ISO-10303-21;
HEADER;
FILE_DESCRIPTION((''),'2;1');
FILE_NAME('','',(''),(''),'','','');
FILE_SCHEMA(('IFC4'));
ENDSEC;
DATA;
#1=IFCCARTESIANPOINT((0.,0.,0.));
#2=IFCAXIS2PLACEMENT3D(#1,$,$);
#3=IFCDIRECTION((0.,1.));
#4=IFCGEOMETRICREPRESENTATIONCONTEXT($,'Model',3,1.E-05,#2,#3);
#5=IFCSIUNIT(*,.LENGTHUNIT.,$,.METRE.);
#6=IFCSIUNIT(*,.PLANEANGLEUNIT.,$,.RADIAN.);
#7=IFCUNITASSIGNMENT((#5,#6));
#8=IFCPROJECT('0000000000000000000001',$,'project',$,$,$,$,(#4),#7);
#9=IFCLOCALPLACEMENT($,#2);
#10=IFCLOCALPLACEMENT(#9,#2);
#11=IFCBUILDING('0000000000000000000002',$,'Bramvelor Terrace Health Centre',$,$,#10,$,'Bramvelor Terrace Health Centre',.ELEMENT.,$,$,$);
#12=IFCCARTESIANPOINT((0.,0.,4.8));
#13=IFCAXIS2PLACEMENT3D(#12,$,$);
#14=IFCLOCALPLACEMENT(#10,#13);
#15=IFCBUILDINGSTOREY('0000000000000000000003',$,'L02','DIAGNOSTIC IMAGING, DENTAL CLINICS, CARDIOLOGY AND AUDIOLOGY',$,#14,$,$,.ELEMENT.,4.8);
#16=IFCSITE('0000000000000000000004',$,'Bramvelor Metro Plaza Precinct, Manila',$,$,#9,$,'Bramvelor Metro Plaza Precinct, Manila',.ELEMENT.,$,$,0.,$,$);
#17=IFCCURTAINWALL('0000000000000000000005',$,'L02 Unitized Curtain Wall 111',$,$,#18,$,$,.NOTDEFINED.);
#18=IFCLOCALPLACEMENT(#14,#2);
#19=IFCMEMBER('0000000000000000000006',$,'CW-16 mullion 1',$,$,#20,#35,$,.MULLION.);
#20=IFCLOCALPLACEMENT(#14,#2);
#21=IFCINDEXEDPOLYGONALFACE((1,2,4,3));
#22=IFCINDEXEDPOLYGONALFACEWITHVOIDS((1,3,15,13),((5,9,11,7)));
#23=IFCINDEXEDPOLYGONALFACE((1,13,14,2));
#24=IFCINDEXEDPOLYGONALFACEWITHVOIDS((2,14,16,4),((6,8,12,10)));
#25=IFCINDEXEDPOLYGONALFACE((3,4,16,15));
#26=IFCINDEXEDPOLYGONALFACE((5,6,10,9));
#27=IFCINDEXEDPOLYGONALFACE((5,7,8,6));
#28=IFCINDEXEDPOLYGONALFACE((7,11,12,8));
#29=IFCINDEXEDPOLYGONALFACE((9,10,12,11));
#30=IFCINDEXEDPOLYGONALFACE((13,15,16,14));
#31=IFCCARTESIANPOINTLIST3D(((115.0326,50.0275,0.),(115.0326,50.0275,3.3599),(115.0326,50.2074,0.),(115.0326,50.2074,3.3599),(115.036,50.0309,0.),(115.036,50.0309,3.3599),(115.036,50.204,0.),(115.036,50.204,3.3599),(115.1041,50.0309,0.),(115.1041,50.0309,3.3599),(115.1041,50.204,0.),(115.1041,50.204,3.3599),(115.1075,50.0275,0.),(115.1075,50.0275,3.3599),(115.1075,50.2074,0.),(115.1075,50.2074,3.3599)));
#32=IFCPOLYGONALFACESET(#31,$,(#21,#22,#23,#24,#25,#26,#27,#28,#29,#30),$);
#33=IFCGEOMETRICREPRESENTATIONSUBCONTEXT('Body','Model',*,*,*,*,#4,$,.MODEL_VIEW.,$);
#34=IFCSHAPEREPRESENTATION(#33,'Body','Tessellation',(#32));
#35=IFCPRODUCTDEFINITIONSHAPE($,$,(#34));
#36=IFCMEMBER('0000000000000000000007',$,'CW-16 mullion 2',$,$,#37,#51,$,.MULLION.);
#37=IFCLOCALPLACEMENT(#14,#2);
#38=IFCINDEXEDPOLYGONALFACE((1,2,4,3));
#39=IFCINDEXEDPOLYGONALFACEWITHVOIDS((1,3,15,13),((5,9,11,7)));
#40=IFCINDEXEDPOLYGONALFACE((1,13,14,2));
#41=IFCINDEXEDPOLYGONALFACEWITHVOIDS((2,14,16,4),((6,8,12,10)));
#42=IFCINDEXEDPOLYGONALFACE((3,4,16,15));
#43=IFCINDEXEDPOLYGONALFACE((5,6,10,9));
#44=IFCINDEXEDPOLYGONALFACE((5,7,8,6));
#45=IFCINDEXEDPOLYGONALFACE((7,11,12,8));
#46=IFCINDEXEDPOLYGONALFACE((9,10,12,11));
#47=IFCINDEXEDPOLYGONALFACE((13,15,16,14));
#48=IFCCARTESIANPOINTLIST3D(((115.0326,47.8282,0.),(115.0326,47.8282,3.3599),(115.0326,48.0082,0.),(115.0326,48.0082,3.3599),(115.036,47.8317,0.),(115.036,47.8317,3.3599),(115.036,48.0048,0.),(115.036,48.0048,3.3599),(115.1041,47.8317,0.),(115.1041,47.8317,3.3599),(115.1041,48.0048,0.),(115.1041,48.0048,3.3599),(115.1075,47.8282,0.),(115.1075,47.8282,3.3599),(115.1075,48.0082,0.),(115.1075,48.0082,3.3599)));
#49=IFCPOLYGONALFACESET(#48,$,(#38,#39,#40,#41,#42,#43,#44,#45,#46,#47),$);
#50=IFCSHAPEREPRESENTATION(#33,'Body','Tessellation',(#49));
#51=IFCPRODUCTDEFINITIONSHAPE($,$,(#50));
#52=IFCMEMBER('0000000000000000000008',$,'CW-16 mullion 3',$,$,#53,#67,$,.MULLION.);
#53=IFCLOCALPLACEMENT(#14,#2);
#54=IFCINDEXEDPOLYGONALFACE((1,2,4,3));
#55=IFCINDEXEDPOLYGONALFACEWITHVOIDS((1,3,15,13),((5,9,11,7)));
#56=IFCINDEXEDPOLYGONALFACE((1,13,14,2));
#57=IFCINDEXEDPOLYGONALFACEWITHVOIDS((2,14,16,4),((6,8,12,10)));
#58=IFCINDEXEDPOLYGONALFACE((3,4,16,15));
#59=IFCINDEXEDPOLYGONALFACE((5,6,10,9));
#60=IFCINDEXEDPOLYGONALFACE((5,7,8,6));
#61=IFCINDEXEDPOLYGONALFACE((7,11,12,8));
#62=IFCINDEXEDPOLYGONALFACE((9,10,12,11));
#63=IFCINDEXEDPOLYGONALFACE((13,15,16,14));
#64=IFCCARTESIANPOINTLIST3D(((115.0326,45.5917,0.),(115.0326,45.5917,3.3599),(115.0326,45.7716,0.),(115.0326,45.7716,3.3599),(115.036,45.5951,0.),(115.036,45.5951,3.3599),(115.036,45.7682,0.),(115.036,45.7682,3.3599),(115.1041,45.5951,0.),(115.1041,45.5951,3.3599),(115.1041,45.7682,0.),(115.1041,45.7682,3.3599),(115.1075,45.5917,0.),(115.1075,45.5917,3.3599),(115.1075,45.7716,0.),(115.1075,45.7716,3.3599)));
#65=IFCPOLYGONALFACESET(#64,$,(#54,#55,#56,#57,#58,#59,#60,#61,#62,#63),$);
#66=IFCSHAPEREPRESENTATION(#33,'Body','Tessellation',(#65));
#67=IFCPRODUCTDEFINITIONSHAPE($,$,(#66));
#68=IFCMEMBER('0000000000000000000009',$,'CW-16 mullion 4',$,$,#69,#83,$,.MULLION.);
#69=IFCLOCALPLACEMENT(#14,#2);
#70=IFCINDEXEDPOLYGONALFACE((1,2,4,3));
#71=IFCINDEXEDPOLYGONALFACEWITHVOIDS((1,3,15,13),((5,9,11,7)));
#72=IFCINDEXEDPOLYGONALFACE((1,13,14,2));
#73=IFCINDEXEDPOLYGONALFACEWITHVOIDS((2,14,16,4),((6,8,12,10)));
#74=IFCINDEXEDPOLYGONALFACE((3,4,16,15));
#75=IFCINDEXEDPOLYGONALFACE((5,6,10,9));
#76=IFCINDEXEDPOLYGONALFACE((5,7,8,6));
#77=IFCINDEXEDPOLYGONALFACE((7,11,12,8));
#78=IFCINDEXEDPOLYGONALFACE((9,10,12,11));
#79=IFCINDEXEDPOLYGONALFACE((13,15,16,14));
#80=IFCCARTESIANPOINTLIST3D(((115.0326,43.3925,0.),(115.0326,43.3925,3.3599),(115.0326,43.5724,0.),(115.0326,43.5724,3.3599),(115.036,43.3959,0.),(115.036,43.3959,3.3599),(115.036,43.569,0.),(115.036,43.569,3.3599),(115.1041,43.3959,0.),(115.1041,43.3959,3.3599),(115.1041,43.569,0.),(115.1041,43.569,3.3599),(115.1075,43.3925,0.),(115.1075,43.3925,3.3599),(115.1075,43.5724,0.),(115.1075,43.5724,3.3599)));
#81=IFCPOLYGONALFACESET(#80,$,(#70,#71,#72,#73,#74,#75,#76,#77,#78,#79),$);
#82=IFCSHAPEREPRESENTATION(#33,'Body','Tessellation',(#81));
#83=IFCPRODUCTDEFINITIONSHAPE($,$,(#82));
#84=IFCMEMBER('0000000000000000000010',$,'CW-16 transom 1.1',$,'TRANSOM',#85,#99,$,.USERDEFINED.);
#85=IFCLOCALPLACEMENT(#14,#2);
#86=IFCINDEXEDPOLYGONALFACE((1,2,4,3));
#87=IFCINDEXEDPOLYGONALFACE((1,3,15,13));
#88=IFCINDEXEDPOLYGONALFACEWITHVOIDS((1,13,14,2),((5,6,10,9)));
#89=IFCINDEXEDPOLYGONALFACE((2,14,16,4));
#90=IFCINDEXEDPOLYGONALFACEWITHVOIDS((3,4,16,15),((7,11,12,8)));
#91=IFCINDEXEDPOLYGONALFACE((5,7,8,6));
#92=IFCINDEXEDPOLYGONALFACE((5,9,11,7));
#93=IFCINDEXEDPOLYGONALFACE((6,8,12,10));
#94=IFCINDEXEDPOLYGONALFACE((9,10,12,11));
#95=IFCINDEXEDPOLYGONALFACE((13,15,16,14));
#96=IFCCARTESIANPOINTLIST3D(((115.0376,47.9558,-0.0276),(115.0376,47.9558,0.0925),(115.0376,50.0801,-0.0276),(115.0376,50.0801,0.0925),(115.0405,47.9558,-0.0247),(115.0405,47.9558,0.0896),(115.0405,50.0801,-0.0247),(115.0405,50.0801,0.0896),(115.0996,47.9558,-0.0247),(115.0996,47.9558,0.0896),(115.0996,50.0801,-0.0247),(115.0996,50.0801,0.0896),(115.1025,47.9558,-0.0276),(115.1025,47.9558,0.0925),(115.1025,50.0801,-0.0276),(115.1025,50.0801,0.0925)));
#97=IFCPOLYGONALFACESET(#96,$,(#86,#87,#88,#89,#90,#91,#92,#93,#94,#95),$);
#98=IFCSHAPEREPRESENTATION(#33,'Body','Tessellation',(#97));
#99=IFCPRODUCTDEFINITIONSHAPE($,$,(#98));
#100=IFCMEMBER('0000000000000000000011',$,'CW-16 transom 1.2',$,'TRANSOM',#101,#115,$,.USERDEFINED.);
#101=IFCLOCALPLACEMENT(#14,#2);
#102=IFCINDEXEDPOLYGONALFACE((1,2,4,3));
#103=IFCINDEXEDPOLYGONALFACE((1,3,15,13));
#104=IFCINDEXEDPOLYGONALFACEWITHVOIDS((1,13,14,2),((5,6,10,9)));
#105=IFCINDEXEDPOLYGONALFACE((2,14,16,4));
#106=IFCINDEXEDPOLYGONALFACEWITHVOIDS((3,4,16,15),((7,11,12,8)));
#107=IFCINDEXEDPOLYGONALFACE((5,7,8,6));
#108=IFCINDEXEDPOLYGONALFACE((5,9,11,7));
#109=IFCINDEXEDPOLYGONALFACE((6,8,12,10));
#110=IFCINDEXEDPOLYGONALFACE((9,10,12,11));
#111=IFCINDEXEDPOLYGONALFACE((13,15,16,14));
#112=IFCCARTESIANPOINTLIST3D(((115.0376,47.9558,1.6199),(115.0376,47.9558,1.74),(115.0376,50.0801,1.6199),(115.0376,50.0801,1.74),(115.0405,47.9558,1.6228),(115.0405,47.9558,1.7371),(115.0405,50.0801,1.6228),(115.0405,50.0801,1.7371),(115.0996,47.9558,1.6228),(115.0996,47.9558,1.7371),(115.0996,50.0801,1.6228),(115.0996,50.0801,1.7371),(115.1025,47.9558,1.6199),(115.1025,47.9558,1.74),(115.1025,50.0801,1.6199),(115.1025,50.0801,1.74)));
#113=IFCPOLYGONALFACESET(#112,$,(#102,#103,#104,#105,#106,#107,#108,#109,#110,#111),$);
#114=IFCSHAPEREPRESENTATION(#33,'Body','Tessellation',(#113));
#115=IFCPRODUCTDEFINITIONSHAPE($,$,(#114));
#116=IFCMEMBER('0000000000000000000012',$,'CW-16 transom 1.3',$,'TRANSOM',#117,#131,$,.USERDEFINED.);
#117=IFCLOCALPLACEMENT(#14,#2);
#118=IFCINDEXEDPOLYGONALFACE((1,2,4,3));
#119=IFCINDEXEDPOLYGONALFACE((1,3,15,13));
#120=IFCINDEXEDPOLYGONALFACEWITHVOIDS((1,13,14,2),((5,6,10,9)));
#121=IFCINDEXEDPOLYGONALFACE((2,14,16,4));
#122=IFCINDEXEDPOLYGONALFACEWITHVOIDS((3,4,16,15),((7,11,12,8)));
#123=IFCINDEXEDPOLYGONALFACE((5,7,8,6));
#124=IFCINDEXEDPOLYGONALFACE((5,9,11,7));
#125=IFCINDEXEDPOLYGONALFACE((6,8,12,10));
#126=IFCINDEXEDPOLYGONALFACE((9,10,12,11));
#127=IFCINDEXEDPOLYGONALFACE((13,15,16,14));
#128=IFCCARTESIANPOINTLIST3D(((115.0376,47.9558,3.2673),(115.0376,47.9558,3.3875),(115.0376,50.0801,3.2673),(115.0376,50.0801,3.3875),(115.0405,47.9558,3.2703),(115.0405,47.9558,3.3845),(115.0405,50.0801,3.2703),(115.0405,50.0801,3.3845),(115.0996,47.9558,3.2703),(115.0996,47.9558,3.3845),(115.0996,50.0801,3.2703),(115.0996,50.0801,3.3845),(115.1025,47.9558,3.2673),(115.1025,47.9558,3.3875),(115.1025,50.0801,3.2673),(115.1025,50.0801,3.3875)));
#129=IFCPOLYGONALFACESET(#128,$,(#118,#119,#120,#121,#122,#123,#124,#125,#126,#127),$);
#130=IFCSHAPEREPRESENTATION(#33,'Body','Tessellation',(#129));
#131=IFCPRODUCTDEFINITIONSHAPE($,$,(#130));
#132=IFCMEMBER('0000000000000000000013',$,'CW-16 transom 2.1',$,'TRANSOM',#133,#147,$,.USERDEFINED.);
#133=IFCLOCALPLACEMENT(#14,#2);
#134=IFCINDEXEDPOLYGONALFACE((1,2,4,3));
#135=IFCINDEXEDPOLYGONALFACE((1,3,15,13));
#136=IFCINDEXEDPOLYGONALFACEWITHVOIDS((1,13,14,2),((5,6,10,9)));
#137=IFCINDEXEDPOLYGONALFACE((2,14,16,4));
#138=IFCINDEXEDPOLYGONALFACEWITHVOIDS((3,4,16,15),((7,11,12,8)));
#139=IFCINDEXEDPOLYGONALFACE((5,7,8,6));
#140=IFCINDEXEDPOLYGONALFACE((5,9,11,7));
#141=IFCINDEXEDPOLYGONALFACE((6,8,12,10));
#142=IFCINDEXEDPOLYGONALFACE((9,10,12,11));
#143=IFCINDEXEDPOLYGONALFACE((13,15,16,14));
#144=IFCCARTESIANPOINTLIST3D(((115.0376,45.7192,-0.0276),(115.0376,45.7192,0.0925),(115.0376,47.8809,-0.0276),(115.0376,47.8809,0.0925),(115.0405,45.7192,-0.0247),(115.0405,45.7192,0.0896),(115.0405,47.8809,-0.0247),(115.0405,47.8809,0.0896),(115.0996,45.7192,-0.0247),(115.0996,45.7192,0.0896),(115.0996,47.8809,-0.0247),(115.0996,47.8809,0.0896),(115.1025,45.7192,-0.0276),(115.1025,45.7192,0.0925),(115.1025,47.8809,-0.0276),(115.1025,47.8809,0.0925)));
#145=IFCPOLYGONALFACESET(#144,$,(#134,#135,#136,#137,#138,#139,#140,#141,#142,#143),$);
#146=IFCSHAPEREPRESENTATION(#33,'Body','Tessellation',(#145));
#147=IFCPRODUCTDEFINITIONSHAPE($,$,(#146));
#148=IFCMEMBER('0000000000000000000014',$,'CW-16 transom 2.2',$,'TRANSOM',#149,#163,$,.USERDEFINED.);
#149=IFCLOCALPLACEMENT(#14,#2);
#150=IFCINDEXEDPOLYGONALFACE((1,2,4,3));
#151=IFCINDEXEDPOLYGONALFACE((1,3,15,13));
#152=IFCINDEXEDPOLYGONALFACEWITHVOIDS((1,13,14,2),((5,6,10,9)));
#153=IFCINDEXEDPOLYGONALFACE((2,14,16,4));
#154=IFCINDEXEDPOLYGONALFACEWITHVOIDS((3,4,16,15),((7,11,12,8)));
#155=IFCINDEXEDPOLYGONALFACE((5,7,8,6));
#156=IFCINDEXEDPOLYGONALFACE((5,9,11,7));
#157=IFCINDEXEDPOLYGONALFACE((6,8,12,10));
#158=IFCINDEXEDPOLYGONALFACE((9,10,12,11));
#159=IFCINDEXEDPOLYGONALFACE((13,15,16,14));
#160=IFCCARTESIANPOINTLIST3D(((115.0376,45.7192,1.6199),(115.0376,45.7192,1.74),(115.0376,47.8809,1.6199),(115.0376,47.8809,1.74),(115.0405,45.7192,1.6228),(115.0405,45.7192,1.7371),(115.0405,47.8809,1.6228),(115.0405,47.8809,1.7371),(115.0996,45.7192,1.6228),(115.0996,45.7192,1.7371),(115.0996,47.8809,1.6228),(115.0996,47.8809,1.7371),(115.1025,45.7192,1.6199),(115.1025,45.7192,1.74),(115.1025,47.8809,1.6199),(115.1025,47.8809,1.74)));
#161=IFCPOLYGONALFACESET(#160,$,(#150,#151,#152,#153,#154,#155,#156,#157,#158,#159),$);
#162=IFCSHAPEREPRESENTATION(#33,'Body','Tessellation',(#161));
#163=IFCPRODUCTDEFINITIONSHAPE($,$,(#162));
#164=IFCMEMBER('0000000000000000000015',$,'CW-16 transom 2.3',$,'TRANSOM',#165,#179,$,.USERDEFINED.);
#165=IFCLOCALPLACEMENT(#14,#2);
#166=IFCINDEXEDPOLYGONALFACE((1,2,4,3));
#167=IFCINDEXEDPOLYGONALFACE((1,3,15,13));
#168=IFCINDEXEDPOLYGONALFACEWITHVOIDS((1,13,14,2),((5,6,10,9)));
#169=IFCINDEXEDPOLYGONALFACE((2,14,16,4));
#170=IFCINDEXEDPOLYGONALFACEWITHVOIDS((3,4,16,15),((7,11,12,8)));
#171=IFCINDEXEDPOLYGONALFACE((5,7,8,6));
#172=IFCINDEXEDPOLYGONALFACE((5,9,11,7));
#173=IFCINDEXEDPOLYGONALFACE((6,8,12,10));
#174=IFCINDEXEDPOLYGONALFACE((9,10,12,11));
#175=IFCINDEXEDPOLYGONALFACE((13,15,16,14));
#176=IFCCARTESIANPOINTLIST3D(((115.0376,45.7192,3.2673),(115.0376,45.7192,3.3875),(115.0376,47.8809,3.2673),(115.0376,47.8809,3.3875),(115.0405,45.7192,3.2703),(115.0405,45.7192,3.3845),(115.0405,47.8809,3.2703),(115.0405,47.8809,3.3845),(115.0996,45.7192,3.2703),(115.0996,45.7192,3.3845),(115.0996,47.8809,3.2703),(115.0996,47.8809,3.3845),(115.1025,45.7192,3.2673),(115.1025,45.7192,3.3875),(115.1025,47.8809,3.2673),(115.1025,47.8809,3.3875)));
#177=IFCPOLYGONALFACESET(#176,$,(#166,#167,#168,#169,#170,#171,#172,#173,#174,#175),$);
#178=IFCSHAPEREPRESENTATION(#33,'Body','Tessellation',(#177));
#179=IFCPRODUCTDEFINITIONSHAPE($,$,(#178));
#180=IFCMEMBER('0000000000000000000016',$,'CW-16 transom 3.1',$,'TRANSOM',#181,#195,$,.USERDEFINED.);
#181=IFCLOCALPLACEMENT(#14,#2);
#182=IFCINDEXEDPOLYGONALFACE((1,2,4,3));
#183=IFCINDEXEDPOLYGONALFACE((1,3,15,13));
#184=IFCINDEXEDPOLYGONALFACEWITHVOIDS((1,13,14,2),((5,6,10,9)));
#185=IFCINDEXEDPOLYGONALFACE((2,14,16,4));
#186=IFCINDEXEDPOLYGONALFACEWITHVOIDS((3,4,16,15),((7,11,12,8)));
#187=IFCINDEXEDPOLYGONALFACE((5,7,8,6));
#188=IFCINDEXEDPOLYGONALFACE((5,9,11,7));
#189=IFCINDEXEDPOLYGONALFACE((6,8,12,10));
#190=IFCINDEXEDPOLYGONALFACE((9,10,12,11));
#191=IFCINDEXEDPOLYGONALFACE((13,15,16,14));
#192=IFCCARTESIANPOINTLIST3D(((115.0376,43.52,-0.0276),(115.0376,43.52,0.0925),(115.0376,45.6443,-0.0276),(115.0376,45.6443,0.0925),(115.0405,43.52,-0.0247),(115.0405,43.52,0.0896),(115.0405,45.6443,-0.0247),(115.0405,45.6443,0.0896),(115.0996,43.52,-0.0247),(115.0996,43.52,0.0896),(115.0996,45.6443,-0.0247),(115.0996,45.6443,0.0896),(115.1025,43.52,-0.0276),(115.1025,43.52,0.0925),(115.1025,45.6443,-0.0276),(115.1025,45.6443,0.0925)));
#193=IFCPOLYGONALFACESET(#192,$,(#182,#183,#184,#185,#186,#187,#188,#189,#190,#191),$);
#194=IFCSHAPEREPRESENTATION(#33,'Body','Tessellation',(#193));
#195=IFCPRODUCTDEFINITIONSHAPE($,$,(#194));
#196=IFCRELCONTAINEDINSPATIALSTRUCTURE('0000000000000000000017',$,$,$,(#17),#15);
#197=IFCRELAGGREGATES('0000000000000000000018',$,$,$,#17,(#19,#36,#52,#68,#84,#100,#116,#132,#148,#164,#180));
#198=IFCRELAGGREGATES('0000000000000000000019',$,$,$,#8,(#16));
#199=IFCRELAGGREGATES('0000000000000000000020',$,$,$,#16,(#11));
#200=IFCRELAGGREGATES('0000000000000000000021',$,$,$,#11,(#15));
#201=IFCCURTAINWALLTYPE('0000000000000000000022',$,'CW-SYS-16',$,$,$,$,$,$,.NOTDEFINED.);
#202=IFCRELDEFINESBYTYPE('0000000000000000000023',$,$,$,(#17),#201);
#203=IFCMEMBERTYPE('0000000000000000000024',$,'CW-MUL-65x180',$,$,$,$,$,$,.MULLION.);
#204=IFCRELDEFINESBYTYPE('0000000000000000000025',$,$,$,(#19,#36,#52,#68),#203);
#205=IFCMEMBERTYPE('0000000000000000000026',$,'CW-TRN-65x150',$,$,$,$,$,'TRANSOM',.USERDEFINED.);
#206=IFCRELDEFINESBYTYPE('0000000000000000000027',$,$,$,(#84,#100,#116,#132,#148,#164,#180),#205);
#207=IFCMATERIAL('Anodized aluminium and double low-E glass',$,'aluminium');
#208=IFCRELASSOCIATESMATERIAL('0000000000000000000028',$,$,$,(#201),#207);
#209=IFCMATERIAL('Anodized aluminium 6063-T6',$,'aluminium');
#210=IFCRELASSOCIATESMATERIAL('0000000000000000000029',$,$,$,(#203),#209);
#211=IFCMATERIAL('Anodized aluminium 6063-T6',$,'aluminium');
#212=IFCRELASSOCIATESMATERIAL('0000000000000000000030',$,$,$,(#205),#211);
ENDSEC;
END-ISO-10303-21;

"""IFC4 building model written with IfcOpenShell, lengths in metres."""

from ifc_helpers import new_model, si_unit, direction, frame, origin, origin_2d, place, context, subcontext, project, spatial, hollow_rectangle, extrude, material, material_profile, profile_set, type_object, element, aggregate, save


model = new_model("IFC4")

# Units and contexts
model_context = context("Model", 3, precision=1e-05, world=origin(), true_north=direction((0.0, 1.0)))
body_context = subcontext(model_context, "Body", "Model", "MODEL_VIEW")
ifc_project = project(units=[si_unit("LENGTHUNIT", "METRE"), si_unit("PLANEANGLEUNIT", "RADIAN")], contexts=[model_context])

# Site, building, storey
site_placement = place(None, origin())
site = spatial("IfcSite", under=ifc_project, at=site_placement, Name="Bramvelor Metro Plaza Precinct, Manila", LongName="Bramvelor Metro Plaza Precinct, Manila", CompositionType="ELEMENT", RefElevation=0.0)
building_placement = place(site_placement, origin())
building = spatial("IfcBuilding", under=site, at=building_placement, Name="Bramvelor Terrace Health Centre", LongName="Bramvelor Terrace Health Centre", CompositionType="ELEMENT")
storey_placement = place(building_placement, frame((0.0, 0.0, 4.8)))
storey = spatial("IfcBuildingStorey", under=building, at=storey_placement, Name="L02", Description="DIAGNOSTIC IMAGING, DENTAL CLINICS, CARDIOLOGY AND AUDIOLOGY", CompositionType="ELEMENT", Elevation=4.8)

# Curtain wall, members
ifc_material_1 = material(Name="Anodized aluminium and double low-E glass", Category="aluminium")
curtain_wall_type = type_object("IfcCurtainWallType", Name="CW-SYS-16", PredefinedType="NOTDEFINED", material=ifc_material_1)
curtain_wall_placement = place(storey_placement, origin())
curtain_wall = element("IfcCurtainWall", 1, at=curtain_wall_placement, inside=storey, type_object=curtain_wall_type, Name="L02 Unitized Curtain Wall 111", PredefinedType="NOTDEFINED")
ifc_material_2 = material(Name="Anodized aluminium 6063-T6", Category="aluminium")
ifc_material_profile_1 = material_profile(ifc_material_2, hollow_rectangle(XDim=0.075, YDim=0.1799, WallThickness=0.0034, at=origin_2d()), Name="ALU-MUL 75x180x3.5")
ifc_profile_set_1 = profile_set([ifc_material_profile_1], Name="Anodized aluminium 6063-T6")
member_type_1 = type_object("IfcMemberType", Name="CW-MUL-65x180", PredefinedType="MULLION", material=ifc_profile_set_1)
member_1_placement = place(storey_placement, frame((115.0701, 50.1174, 0.0), z_axis=(0.0, 0.0, 1.0), x_axis=(1.0, 0.0, 0.0)))
member_1 = element("IfcMember", 2, at=member_1_placement, type_object=member_type_1, Name="CW-16 mullion 1", PredefinedType="MULLION", context=body_context, shape_type="SweptSolid", body=[
    extrude(hollow_rectangle(XDim=0.075, YDim=0.1799, WallThickness=0.0034, at=origin_2d()), origin(), (0.0, 0.0, 1.0), 3.3599),
])
member_2_placement = place(storey_placement, frame((115.0701, 47.9182, 0.0), z_axis=(0.0, 0.0, 1.0), x_axis=(1.0, 0.0, 0.0)))
member_2 = element("IfcMember", 3, at=member_2_placement, type_object=member_type_1, Name="CW-16 mullion 2", PredefinedType="MULLION", context=body_context, shape_type="SweptSolid", body=[
    extrude(hollow_rectangle(XDim=0.075, YDim=0.1799, WallThickness=0.0034, at=origin_2d()), origin(), (0.0, 0.0, 1.0), 3.3599),
])
member_3_placement = place(storey_placement, frame((115.0701, 45.6816, 0.0), z_axis=(0.0, 0.0, 1.0), x_axis=(1.0, 0.0, 0.0)))
member_3 = element("IfcMember", 4, at=member_3_placement, type_object=member_type_1, Name="CW-16 mullion 3", PredefinedType="MULLION", context=body_context, shape_type="SweptSolid", body=[
    extrude(hollow_rectangle(XDim=0.075, YDim=0.1799, WallThickness=0.0034, at=origin_2d()), origin(), (0.0, 0.0, 1.0), 3.3599),
])
member_4_placement = place(storey_placement, frame((115.0701, 43.4824, 0.0), z_axis=(0.0, 0.0, 1.0), x_axis=(1.0, 0.0, 0.0)))
member_4 = element("IfcMember", 5, at=member_4_placement, type_object=member_type_1, Name="CW-16 mullion 4", PredefinedType="MULLION", context=body_context, shape_type="SweptSolid", body=[
    extrude(hollow_rectangle(XDim=0.075, YDim=0.1799, WallThickness=0.0034, at=origin_2d()), origin(), (0.0, 0.0, 1.0), 3.3599),
])
ifc_material_3 = material(Name="Anodized aluminium 6063-T6", Category="aluminium")
ifc_material_profile_2 = material_profile(ifc_material_3, hollow_rectangle(XDim=0.0649, YDim=0.1201, WallThickness=0.0029, at=origin_2d()), Name="ALU-TRN 65x120x3.0")
ifc_profile_set_2 = profile_set([ifc_material_profile_2], Name="Anodized aluminium 6063-T6")
member_type_2 = type_object("IfcMemberType", Name="CW-TRN-65x150", ElementType="TRANSOM", PredefinedType="USERDEFINED", material=ifc_profile_set_2)
member_5_placement = place(storey_placement, frame((115.0701, 50.0801, 0.0325), z_axis=(0.0, -1.0, 0.0), x_axis=(1.0, 0.0, 0.0)))
member_5 = element("IfcMember", 6, at=member_5_placement, type_object=member_type_2, Name="CW-16 transom 1.1", ObjectType="TRANSOM", PredefinedType="USERDEFINED", context=body_context, shape_type="SweptSolid", body=[
    extrude(hollow_rectangle(XDim=0.0649, YDim=0.1201, WallThickness=0.0029, at=origin_2d()), origin(), (0.0, 0.0, 1.0), 2.1243),
])
member_6_placement = place(storey_placement, frame((115.0701, 50.0801, 1.6799), z_axis=(0.0, -1.0, 0.0), x_axis=(1.0, 0.0, 0.0)))
member_6 = element("IfcMember", 7, at=member_6_placement, type_object=member_type_2, Name="CW-16 transom 1.2", ObjectType="TRANSOM", PredefinedType="USERDEFINED", context=body_context, shape_type="SweptSolid", body=[
    extrude(hollow_rectangle(XDim=0.0649, YDim=0.1201, WallThickness=0.0029, at=origin_2d()), origin(), (0.0, 0.0, 1.0), 2.1243),
])
member_7_placement = place(storey_placement, frame((115.0701, 50.0801, 3.3274), z_axis=(0.0, -1.0, 0.0), x_axis=(1.0, 0.0, 0.0)))
member_7 = element("IfcMember", 8, at=member_7_placement, type_object=member_type_2, Name="CW-16 transom 1.3", ObjectType="TRANSOM", PredefinedType="USERDEFINED", context=body_context, shape_type="SweptSolid", body=[
    extrude(hollow_rectangle(XDim=0.0649, YDim=0.1201, WallThickness=0.0029, at=origin_2d()), origin(), (0.0, 0.0, 1.0), 2.1243),
])
member_8_placement = place(storey_placement, frame((115.0701, 47.8809, 0.0325), z_axis=(0.0, -1.0, 0.0), x_axis=(1.0, 0.0, 0.0)))
member_8 = element("IfcMember", 9, at=member_8_placement, type_object=member_type_2, Name="CW-16 transom 2.1", ObjectType="TRANSOM", PredefinedType="USERDEFINED", context=body_context, shape_type="SweptSolid", body=[
    extrude(hollow_rectangle(XDim=0.0649, YDim=0.1201, WallThickness=0.0029, at=origin_2d()), origin(), (0.0, 0.0, 1.0), 2.1616),
])
member_9_placement = place(storey_placement, frame((115.0701, 47.8809, 1.6799), z_axis=(0.0, -1.0, 0.0), x_axis=(1.0, 0.0, 0.0)))
member_9 = element("IfcMember", 10, at=member_9_placement, type_object=member_type_2, Name="CW-16 transom 2.2", ObjectType="TRANSOM", PredefinedType="USERDEFINED", context=body_context, shape_type="SweptSolid", body=[
    extrude(hollow_rectangle(XDim=0.0649, YDim=0.1201, WallThickness=0.0029, at=origin_2d()), origin(), (0.0, 0.0, 1.0), 2.1616),
])
member_10_placement = place(storey_placement, frame((115.0701, 47.8809, 3.3274), z_axis=(0.0, -1.0, 0.0), x_axis=(1.0, 0.0, 0.0)))
member_10 = element("IfcMember", 11, at=member_10_placement, type_object=member_type_2, Name="CW-16 transom 2.3", ObjectType="TRANSOM", PredefinedType="USERDEFINED", context=body_context, shape_type="SweptSolid", body=[
    extrude(hollow_rectangle(XDim=0.0649, YDim=0.1201, WallThickness=0.0029, at=origin_2d()), origin(), (0.0, 0.0, 1.0), 2.1616),
])
member_11_placement = place(storey_placement, frame((115.0701, 45.6443, 0.0325), z_axis=(0.0, -1.0, 0.0), x_axis=(1.0, 0.0, 0.0)))
member_11 = element("IfcMember", 12, at=member_11_placement, type_object=member_type_2, Name="CW-16 transom 3.1", ObjectType="TRANSOM", PredefinedType="USERDEFINED", context=body_context, shape_type="SweptSolid", body=[
    extrude(hollow_rectangle(XDim=0.0649, YDim=0.1201, WallThickness=0.0029, at=origin_2d()), origin(), (0.0, 0.0, 1.0), 2.1243),
])
aggregate(curtain_wall, [member_1, member_2, member_3, member_4, member_5, member_6, member_7, member_8, member_9, member_10, member_11])

save(model, "model.ifc")
